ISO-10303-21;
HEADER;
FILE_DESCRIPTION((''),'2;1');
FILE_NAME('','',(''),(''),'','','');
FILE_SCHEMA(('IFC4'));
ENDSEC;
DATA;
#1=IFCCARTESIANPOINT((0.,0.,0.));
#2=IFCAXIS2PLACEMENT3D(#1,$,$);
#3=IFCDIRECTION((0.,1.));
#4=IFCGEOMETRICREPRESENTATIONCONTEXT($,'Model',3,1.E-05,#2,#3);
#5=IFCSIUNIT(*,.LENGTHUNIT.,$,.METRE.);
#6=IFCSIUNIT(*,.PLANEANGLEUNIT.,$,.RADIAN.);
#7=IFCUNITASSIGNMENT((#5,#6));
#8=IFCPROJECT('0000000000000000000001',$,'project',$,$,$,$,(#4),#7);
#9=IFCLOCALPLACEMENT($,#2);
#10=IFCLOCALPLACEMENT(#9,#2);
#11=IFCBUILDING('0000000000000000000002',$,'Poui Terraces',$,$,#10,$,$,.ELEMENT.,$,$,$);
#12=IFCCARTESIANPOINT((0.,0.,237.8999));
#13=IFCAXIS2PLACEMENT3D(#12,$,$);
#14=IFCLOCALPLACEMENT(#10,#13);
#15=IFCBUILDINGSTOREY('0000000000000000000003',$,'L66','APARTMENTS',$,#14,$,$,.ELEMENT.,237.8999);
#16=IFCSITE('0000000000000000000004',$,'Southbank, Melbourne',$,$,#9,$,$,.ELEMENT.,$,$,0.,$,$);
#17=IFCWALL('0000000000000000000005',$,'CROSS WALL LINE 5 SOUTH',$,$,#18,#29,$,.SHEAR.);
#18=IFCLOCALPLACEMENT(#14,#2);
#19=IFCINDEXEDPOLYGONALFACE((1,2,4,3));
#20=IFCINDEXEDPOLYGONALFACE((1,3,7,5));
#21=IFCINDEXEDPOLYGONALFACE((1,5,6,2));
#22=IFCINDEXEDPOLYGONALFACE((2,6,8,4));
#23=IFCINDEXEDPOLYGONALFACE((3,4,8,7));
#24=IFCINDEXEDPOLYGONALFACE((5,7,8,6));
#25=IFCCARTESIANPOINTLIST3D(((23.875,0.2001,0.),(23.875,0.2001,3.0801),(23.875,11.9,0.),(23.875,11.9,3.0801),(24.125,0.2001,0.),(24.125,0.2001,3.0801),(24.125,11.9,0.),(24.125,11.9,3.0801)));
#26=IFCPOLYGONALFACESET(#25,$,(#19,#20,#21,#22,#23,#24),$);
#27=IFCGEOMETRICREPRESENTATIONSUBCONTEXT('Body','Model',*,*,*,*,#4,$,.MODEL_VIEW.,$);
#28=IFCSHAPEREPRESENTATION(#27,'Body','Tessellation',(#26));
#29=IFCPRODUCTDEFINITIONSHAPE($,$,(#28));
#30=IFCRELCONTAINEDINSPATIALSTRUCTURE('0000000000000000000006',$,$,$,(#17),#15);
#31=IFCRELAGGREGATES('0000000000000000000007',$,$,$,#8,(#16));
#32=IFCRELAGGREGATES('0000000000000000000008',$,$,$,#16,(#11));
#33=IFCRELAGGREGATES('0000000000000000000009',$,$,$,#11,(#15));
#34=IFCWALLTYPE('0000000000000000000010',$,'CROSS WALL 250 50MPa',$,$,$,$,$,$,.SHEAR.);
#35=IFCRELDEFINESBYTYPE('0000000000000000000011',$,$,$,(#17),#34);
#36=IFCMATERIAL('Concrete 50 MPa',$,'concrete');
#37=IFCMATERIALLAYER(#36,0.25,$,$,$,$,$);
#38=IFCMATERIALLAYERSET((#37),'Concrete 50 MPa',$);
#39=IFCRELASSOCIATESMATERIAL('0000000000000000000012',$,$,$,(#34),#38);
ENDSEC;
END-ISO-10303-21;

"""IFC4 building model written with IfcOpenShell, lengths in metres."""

from ifc_helpers import new_model, si_unit, direction, frame, frame_2d, origin, place, context, subcontext, project, spatial, rectangle, extrude, material, layer, layer_set, type_object, element, save


model = new_model("IFC4")

# Units and contexts
model_context = context("Model", 3, precision=1e-05, world=origin(), true_north=direction((0.0, 1.0)))
body_context = subcontext(model_context, "Body", "Model", "MODEL_VIEW")
ifc_project = project(units=[si_unit("LENGTHUNIT", "METRE"), si_unit("PLANEANGLEUNIT", "RADIAN")], contexts=[model_context])

# Site, building, storey
site_placement = place(None, origin())
site = spatial("IfcSite", under=ifc_project, at=site_placement, Name="Southbank, Melbourne", CompositionType="ELEMENT", RefElevation=0.0)
building_placement = place(site_placement, origin())
building = spatial("IfcBuilding", under=site, at=building_placement, Name="Poui Terraces", CompositionType="ELEMENT")
storey_placement = place(building_placement, frame((0.0, 0.0, 237.8999)))
storey = spatial("IfcBuildingStorey", under=building, at=storey_placement, Name="L66", Description="APARTMENTS", CompositionType="ELEMENT", Elevation=237.8999)

# Wall
ifc_material_1 = material(Name="Concrete 50 MPa", Category="concrete")
ifc_layer_1 = layer(ifc_material_1, 0.25)
ifc_layer_set_1 = layer_set([ifc_layer_1], Name="Concrete 50 MPa")
wall_type_1 = type_object("IfcWallType", Name="CROSS WALL 250 50MPa", PredefinedType="SHEAR", material=ifc_layer_set_1)
wall_1_placement = place(storey_placement, frame((24.0, 0.2, 0.0), z_axis=(0.0, 0.0, 1.0), x_axis=(0.0, 1.0, 0.0)))
element("IfcWall", 1, at=wall_1_placement, inside=storey, type_object=wall_type_1, Name="CROSS WALL LINE 5 SOUTH", PredefinedType="SHEAR", context=body_context, shape_type="SweptSolid", body=[
    extrude(rectangle(XDim=11.7, YDim=0.25, at=frame_2d((5.8501, 0.0))), origin(), (0.0, 0.0, 1.0), 3.0801),
])

save(model, "model.ifc")
